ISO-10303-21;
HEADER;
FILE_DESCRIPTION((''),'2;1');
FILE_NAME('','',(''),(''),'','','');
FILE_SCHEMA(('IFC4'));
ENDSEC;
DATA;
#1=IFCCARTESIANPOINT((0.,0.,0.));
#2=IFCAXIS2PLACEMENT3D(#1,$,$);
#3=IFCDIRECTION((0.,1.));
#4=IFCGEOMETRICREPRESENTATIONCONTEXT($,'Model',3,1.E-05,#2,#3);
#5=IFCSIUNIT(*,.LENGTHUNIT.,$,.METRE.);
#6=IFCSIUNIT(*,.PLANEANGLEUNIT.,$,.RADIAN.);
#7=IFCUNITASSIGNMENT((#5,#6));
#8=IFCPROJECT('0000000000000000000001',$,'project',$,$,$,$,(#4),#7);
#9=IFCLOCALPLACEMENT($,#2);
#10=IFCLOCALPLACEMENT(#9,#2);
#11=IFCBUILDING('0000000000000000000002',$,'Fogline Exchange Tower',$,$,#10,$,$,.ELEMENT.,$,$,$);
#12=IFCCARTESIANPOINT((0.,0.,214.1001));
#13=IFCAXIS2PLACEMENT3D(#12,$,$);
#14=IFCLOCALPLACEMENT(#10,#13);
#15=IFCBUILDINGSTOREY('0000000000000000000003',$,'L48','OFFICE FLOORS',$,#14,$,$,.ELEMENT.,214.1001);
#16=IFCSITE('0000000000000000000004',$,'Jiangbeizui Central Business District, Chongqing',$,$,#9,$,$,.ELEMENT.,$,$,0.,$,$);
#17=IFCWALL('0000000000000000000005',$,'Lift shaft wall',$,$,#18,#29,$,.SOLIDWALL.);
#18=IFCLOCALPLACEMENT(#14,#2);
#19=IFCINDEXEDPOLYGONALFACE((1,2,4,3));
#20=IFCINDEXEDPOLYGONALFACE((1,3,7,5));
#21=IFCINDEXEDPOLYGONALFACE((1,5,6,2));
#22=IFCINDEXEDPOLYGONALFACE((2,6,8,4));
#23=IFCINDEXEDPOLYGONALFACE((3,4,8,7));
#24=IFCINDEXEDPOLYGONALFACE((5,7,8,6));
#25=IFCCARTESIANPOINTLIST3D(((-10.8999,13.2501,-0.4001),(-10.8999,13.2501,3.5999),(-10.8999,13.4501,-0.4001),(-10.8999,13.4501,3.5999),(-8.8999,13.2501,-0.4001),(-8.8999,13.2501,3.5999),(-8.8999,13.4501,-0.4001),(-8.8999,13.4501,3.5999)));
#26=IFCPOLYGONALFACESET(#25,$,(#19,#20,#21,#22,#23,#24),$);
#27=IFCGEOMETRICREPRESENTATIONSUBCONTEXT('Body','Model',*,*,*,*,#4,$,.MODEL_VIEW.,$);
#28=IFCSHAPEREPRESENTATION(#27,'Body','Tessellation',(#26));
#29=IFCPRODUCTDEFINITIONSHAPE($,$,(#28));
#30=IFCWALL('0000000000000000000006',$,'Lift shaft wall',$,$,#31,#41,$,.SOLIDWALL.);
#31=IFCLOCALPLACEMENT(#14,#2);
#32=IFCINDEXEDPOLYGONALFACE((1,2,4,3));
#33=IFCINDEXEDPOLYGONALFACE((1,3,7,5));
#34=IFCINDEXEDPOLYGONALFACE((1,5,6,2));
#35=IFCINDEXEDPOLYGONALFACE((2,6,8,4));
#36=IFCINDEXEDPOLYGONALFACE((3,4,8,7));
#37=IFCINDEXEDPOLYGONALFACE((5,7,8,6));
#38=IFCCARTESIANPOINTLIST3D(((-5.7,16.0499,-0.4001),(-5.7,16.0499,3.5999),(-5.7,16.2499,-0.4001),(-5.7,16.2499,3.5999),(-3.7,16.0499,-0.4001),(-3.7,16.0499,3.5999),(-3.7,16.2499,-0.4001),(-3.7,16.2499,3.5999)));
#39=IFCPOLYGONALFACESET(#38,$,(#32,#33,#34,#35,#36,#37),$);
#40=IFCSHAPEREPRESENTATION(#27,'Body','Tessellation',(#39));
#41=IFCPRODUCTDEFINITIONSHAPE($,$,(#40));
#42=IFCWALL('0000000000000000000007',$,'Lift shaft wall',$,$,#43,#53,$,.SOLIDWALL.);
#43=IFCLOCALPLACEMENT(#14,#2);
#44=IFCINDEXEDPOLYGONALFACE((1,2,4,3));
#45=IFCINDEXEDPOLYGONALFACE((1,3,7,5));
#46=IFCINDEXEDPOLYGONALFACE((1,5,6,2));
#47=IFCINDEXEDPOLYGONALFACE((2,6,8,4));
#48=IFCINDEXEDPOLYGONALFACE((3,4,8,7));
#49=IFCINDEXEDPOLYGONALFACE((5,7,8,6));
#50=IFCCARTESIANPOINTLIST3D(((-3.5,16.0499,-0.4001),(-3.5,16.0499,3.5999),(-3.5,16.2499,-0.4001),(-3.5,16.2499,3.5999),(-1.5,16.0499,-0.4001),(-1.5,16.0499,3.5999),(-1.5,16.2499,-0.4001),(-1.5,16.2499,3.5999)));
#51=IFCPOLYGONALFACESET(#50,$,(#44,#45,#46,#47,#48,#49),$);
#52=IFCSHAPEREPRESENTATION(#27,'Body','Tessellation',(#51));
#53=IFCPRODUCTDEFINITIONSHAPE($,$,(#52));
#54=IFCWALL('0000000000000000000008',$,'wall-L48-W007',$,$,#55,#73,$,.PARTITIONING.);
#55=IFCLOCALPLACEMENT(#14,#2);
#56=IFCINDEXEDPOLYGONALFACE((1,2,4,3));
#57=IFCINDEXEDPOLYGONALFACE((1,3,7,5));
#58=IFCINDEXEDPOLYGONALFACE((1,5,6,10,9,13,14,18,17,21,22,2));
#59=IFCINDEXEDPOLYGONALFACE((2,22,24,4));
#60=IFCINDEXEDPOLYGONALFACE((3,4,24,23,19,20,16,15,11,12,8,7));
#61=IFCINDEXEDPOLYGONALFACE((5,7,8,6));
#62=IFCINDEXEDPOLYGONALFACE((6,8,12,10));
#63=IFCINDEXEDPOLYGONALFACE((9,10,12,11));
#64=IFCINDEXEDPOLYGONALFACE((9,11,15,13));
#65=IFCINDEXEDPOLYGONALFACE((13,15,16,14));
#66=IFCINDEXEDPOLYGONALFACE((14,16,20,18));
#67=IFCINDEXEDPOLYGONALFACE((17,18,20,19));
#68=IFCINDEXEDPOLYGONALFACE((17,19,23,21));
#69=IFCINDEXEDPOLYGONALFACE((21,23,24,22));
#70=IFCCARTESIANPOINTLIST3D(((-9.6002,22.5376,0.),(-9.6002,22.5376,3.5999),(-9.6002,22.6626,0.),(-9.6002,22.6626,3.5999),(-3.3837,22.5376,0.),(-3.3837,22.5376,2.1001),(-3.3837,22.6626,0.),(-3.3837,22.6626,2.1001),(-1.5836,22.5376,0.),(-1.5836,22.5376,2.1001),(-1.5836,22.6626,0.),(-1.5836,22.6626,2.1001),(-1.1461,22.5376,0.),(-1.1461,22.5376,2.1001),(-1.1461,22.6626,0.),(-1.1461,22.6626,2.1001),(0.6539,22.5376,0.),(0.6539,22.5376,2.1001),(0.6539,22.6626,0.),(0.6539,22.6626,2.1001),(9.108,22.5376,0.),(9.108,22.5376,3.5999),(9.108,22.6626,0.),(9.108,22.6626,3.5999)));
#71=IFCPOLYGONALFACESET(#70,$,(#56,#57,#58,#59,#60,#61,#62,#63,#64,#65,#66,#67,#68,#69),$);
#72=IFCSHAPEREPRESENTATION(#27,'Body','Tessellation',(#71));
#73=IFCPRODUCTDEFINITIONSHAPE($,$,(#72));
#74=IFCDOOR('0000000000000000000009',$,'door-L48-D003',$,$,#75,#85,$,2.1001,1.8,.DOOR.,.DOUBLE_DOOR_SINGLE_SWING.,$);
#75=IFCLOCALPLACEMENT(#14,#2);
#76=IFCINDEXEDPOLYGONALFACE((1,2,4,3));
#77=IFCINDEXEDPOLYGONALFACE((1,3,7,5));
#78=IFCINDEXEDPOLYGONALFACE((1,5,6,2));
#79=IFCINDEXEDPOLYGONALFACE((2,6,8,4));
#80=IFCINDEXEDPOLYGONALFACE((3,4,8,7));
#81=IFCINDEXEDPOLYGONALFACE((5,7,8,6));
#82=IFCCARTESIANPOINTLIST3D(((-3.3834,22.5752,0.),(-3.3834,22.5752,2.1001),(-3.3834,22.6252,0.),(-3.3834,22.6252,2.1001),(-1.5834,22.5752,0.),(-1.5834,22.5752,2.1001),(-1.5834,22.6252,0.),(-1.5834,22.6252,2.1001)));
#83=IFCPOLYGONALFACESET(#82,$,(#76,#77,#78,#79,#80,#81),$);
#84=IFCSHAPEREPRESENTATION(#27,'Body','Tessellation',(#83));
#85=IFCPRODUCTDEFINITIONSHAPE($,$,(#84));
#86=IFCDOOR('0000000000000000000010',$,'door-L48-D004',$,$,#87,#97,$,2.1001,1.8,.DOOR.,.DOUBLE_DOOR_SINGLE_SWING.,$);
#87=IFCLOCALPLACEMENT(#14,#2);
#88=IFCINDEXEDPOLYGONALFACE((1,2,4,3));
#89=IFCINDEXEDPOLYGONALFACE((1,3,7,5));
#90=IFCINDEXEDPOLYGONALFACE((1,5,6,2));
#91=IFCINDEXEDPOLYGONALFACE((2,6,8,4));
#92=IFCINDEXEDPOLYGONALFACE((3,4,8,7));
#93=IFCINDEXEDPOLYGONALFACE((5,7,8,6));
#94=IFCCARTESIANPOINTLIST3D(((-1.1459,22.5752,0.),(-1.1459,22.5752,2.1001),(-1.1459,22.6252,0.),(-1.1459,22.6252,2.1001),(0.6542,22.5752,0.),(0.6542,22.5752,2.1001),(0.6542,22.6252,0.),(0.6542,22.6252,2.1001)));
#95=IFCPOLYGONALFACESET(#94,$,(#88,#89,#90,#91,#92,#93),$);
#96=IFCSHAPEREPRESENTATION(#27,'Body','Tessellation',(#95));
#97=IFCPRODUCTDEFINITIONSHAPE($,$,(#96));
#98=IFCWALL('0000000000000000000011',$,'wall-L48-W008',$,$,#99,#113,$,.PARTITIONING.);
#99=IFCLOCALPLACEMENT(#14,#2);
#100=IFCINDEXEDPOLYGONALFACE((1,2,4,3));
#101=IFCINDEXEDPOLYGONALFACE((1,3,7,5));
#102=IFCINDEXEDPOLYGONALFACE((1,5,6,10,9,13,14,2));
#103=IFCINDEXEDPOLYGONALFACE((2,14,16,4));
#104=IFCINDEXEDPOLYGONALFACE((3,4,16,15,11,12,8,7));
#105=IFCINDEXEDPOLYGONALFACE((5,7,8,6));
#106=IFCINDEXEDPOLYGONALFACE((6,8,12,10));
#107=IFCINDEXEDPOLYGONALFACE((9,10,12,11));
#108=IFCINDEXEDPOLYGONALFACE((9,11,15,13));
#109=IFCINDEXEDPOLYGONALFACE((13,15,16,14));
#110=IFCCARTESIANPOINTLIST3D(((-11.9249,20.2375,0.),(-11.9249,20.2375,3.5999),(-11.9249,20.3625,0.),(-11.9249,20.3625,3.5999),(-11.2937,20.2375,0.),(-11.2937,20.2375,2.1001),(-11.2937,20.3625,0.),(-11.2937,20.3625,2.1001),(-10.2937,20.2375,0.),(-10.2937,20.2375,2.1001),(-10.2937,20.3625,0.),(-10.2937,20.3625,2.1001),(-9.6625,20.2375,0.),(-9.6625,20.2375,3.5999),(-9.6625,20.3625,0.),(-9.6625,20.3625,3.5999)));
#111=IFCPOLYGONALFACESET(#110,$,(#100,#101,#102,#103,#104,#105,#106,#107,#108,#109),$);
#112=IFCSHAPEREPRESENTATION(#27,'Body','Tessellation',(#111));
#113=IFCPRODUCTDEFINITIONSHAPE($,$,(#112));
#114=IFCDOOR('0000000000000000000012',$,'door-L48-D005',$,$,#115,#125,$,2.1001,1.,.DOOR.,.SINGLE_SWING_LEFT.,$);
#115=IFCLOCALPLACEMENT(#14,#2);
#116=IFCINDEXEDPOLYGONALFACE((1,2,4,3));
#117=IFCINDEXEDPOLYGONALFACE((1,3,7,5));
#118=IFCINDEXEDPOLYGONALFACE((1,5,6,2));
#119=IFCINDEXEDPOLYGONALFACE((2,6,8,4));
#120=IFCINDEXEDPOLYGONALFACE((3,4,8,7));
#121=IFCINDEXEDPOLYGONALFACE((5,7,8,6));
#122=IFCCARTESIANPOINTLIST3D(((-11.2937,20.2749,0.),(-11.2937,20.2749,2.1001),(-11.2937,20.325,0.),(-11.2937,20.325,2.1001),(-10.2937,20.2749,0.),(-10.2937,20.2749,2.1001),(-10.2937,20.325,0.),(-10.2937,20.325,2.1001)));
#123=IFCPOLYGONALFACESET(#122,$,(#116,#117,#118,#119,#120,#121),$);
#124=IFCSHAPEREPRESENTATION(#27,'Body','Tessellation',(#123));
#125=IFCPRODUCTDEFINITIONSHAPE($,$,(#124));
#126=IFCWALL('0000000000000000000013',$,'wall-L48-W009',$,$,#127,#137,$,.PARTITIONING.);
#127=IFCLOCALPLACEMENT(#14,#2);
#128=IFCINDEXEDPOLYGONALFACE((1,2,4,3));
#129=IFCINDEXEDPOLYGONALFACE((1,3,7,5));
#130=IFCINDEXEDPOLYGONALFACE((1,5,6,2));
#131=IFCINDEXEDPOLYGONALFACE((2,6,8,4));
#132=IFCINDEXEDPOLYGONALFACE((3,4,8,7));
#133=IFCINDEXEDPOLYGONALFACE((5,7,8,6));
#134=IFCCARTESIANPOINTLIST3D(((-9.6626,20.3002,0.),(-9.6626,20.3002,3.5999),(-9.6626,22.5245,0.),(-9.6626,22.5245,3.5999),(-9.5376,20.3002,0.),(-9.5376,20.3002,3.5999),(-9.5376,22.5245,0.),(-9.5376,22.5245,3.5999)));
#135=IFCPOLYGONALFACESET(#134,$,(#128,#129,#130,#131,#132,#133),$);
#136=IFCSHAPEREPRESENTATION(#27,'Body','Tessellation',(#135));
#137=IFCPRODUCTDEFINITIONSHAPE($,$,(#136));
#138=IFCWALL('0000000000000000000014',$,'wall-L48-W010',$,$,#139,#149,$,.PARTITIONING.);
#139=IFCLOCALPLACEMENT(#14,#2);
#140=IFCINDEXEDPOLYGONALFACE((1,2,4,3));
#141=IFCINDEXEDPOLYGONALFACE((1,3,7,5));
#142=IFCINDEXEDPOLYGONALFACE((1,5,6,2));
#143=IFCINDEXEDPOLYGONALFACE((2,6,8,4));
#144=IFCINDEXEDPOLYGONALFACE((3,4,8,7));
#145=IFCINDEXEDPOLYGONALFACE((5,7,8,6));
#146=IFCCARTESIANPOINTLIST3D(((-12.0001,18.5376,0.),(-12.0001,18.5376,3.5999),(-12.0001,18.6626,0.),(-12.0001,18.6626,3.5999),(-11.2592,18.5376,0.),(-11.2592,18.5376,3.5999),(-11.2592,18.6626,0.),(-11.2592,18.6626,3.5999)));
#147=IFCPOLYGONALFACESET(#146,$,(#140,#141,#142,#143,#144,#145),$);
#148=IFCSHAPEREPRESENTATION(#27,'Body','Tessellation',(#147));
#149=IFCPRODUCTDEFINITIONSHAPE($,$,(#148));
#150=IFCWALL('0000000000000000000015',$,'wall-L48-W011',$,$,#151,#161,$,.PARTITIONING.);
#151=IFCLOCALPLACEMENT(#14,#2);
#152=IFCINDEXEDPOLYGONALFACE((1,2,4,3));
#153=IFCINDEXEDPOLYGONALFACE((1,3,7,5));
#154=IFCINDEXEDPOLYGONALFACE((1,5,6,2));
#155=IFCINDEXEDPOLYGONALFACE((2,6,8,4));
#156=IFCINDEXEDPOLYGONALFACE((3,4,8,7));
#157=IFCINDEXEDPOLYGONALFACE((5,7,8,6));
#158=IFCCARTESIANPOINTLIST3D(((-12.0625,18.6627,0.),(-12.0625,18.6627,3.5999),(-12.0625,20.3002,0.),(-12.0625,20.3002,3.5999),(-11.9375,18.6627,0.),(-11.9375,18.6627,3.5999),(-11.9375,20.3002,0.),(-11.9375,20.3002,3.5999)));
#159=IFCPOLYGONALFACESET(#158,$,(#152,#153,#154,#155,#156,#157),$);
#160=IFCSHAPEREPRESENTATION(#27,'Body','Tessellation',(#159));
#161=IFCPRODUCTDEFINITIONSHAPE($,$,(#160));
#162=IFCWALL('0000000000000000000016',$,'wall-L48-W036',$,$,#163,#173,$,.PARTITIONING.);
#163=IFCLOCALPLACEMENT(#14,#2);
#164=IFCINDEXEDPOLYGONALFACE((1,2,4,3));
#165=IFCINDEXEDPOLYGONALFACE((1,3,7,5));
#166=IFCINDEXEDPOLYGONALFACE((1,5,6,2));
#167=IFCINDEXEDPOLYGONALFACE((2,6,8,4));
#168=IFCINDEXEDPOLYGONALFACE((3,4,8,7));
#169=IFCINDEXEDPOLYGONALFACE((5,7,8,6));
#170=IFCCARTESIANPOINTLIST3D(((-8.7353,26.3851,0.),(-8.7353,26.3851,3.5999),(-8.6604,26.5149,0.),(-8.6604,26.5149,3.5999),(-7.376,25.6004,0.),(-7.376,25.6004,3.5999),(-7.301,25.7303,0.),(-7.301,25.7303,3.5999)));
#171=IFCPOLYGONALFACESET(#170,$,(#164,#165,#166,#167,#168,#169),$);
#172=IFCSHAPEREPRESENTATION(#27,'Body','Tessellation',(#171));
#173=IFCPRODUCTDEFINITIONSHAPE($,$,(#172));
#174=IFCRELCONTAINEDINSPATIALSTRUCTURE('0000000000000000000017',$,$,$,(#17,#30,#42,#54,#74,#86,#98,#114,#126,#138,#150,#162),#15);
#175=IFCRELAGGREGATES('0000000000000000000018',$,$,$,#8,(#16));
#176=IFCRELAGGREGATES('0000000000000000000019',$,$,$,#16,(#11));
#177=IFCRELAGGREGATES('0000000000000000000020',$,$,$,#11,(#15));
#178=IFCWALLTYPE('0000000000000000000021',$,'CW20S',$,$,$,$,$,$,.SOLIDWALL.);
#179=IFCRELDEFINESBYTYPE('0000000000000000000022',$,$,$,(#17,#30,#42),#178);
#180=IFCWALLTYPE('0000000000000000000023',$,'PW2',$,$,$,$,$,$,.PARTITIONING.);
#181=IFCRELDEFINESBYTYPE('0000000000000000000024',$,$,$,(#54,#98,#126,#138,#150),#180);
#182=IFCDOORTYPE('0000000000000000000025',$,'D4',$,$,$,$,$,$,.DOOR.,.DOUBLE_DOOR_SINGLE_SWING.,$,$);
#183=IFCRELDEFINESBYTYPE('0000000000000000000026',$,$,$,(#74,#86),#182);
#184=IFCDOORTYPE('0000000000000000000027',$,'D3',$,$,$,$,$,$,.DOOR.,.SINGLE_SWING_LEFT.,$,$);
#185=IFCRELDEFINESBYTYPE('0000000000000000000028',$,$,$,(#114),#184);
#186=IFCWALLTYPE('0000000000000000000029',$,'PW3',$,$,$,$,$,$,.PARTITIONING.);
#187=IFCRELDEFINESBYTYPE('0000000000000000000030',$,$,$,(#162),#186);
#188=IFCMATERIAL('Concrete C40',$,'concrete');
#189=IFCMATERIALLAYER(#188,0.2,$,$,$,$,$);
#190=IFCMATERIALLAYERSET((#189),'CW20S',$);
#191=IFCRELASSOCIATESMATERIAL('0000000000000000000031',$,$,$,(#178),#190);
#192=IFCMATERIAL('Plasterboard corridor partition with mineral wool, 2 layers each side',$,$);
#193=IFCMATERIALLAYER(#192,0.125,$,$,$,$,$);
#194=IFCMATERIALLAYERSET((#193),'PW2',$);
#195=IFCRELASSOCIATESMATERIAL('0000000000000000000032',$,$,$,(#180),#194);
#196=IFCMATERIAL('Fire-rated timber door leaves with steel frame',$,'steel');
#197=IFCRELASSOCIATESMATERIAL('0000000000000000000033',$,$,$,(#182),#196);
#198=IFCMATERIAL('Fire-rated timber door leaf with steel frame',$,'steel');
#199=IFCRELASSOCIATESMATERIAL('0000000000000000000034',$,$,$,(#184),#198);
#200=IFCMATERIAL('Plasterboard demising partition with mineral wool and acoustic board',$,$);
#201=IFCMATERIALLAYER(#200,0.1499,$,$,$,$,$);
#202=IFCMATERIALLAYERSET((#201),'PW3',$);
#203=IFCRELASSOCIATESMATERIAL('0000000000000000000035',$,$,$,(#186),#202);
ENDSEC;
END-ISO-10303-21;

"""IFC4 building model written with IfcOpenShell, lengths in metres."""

from ifc_helpers import new_model, si_unit, direction, frame, frame_2d, origin, place, context, subcontext, project, spatial, rectangle, extrude, material, layer, layer_set, type_object, element, fill, save


model = new_model("IFC4")

# Units and contexts
model_context = context("Model", 3, precision=1e-05, world=origin(), true_north=direction((0.0, 1.0)))
body_context = subcontext(model_context, "Body", "Model", "MODEL_VIEW")
ifc_project = project(units=[si_unit("LENGTHUNIT", "METRE"), si_unit("PLANEANGLEUNIT", "RADIAN")], contexts=[model_context])

# Site, building, storey
site_placement = place(None, origin())
site = spatial("IfcSite", under=ifc_project, at=site_placement, Name="Jiangbeizui Central Business District, Chongqing", CompositionType="ELEMENT", RefElevation=0.0)
building_placement = place(site_placement, origin())
building = spatial("IfcBuilding", under=site, at=building_placement, Name="Fogline Exchange Tower", CompositionType="ELEMENT")
storey_placement = place(building_placement, frame((0.0, 0.0, 214.1001)))
storey = spatial("IfcBuildingStorey", under=building, at=storey_placement, Name="L48", Description="OFFICE FLOORS", CompositionType="ELEMENT", Elevation=214.1001)

# Shared definitions
ifc_material_1 = material(Name="Concrete C40", Category="concrete")

# Walls
ifc_layer_1 = layer(ifc_material_1, 0.2)
ifc_layer_set_1 = layer_set([ifc_layer_1], Name="CW20S")
wall_type_1 = type_object("IfcWallType", Name="CW20S", PredefinedType="SOLIDWALL", material=ifc_layer_set_1)
for number, where, z_axis, x_axis, name in (
    (1, (-10.8999, 13.3501, -0.4001), (0.0, 0.0, 1.0), (1.0, 0.0, 0.0), "Lift shaft wall"),
    (2, (-5.7, 16.1499, -0.4001), (0.0, 0.0, 1.0), (1.0, 0.0, 0.0), "Lift shaft wall"),
    (3, (-3.5, 16.1499, -0.4001), (0.0, 0.0, 1.0), (1.0, 0.0, 0.0), "Lift shaft wall"),
):
    element("IfcWall", number, at=place(storey_placement, frame(where, z_axis=z_axis, x_axis=x_axis)), inside=storey, type_object=wall_type_1, Name=name, PredefinedType="SOLIDWALL", context=body_context, shape_type="SweptSolid", body=[
        extrude(rectangle(XDim=2.0, YDim=0.2, at=frame_2d((1.0, 0.0))), origin(), (0.0, 0.0, 1.0), 4.0),
    ])

# Wall, openings, doors
ifc_material_2 = material(Name="Plasterboard corridor partition with mineral wool, 2 layers each side")
ifc_layer_2 = layer(ifc_material_2, 0.125)
ifc_layer_set_2 = layer_set([ifc_layer_2], Name="PW2")
wall_type_2 = type_object("IfcWallType", Name="PW2", PredefinedType="PARTITIONING", material=ifc_layer_set_2)
wall_1_placement = place(storey_placement, frame((-9.6001, 22.6001, 0.0), z_axis=(0.0, 0.0, 1.0), x_axis=(1.0, 0.0, 0.0)))
wall_1 = element("IfcWall", 4, at=wall_1_placement, inside=storey, type_object=wall_type_2, Name="wall-L48-W007", PredefinedType="PARTITIONING", context=body_context, shape_type="SweptSolid", body=[
    extrude(rectangle(XDim=18.7083, YDim=0.125, at=frame_2d((9.354, 0.0))), origin(), (0.0, 0.0, 1.0), 3.5999),
])
opening_1_placement = place(wall_1_placement, frame((6.2166, 0.0, 0.0)))
opening_1 = element("IfcOpeningElement", 5, at=opening_1_placement, cuts=wall_1, PredefinedType="OPENING", context=body_context, shape_type="SweptSolid", body=[
    extrude(rectangle(XDim=1.8, YDim=2.1001, at=frame_2d((0.8999, 1.05))), frame((0.0, 0.0725, 0.0), z_axis=(0.0, -1.0, 0.0), x_axis=(1.0, 0.0, 0.0)), (0.0, 0.0, 1.0), 0.145),
])
opening_2_placement = place(wall_1_placement, frame((8.4541, 0.0, 0.0)))
opening_2 = element("IfcOpeningElement", 6, at=opening_2_placement, cuts=wall_1, PredefinedType="OPENING", context=body_context, shape_type="SweptSolid", body=[
    extrude(rectangle(XDim=1.8, YDim=2.1001, at=frame_2d((0.8999, 1.05))), frame((0.0, 0.0725, 0.0), z_axis=(0.0, -1.0, 0.0), x_axis=(1.0, 0.0, 0.0)), (0.0, 0.0, 1.0), 0.145),
])
ifc_material_3 = material(Name="Fire-rated timber door leaves with steel frame", Category="steel")
door_type_1 = type_object("IfcDoorType", Name="D4", OperationType="DOUBLE_DOOR_SINGLE_SWING", PredefinedType="DOOR", material=ifc_material_3)
door_1_placement = place(opening_1_placement, frame((1.8, 0.0, 0.0), z_axis=(0.0, 0.0, 1.0), x_axis=(-1.0, 0.0, 0.0)))
door_1 = element("IfcDoor", 7, at=door_1_placement, inside=storey, type_object=door_type_1, Name="door-L48-D003", OperationType="DOUBLE_DOOR_SINGLE_SWING", OverallHeight=2.1001, OverallWidth=1.8, PredefinedType="DOOR", context=body_context, shape_type="SweptSolid", body=[
    extrude(rectangle(XDim=1.8, YDim=2.1001, at=frame_2d((0.8999, 1.05))), frame((0.0, 0.0249, 0.0), z_axis=(0.0, -1.0, 0.0), x_axis=(1.0, 0.0, 0.0)), (0.0, 0.0, 1.0), 0.05),
])
fill(opening_1, door_1)
door_2_placement = place(opening_2_placement, frame((1.8, 0.0, 0.0), z_axis=(0.0, 0.0, 1.0), x_axis=(-1.0, 0.0, 0.0)))
door_2 = element("IfcDoor", 8, at=door_2_placement, inside=storey, type_object=door_type_1, Name="door-L48-D004", OperationType="DOUBLE_DOOR_SINGLE_SWING", OverallHeight=2.1001, OverallWidth=1.8, PredefinedType="DOOR", context=body_context, shape_type="SweptSolid", body=[
    extrude(rectangle(XDim=1.8, YDim=2.1001, at=frame_2d((0.8999, 1.05))), frame((0.0, 0.0249, 0.0), z_axis=(0.0, -1.0, 0.0), x_axis=(1.0, 0.0, 0.0)), (0.0, 0.0, 1.0), 0.05),
])
fill(opening_2, door_2)

# Wall, opening, door
wall_2_placement = place(storey_placement, frame((-11.925, 20.3, 0.0), z_axis=(0.0, 0.0, 1.0), x_axis=(1.0, 0.0, 0.0)))
wall_2 = element("IfcWall", 9, at=wall_2_placement, inside=storey, type_object=wall_type_2, Name="wall-L48-W008", PredefinedType="PARTITIONING", context=body_context, shape_type="SweptSolid", body=[
    extrude(rectangle(XDim=2.2625, YDim=0.125, at=frame_2d((1.1313, 0.0))), origin(), (0.0, 0.0, 1.0), 3.5999),
])
opening_3_placement = place(wall_2_placement, frame((0.6313, 0.0, 0.0)))
opening_3 = element("IfcOpeningElement", 10, at=opening_3_placement, cuts=wall_2, PredefinedType="OPENING", context=body_context, shape_type="SweptSolid", body=[
    extrude(rectangle(XDim=1.0, YDim=2.1001, at=frame_2d((0.5, 1.05))), frame((0.0, 0.0725, 0.0), z_axis=(0.0, -1.0, 0.0), x_axis=(1.0, 0.0, 0.0)), (0.0, 0.0, 1.0), 0.145),
])
ifc_material_4 = material(Name="Fire-rated timber door leaf with steel frame", Category="steel")
door_type_2 = type_object("IfcDoorType", Name="D3", OperationType="SINGLE_SWING_LEFT", PredefinedType="DOOR", material=ifc_material_4)
door_3_placement = place(opening_3_placement, origin())
door_3 = element("IfcDoor", 11, at=door_3_placement, inside=storey, type_object=door_type_2, Name="door-L48-D005", OperationType="SINGLE_SWING_LEFT", OverallHeight=2.1001, OverallWidth=1.0, PredefinedType="DOOR", context=body_context, shape_type="SweptSolid", body=[
    extrude(rectangle(XDim=1.0, YDim=2.1001, at=frame_2d((0.5, 1.05))), frame((0.0, 0.0249, 0.0), z_axis=(0.0, -1.0, 0.0), x_axis=(1.0, 0.0, 0.0)), (0.0, 0.0, 1.0), 0.05),
])
fill(opening_3, door_3)

# Walls
wall_3_placement = place(storey_placement, frame((-9.6001, 20.3, 0.0), z_axis=(0.0, 0.0, 1.0), x_axis=(0.0, 1.0, 0.0)))
element("IfcWall", 12, at=wall_3_placement, inside=storey, type_object=wall_type_2, Name="wall-L48-W009", PredefinedType="PARTITIONING", context=body_context, shape_type="SweptSolid", body=[
    extrude(rectangle(XDim=2.2244, YDim=0.125, at=frame_2d((1.1123, 0.0))), origin(), (0.0, 0.0, 1.0), 3.5999),
])
wall_4_placement = place(storey_placement, frame((-11.259, 18.6001, 0.0), z_axis=(0.0, 0.0, 1.0), x_axis=(-1.0, 0.0, 0.0)))
element("IfcWall", 13, at=wall_4_placement, inside=storey, type_object=wall_type_2, Name="wall-L48-W010", PredefinedType="PARTITIONING", context=body_context, shape_type="SweptSolid", body=[
    extrude(rectangle(XDim=0.741, YDim=0.125, at=frame_2d((0.3706, 0.0))), origin(), (0.0, 0.0, 1.0), 3.5999),
])
wall_5_placement = place(storey_placement, frame((-12.0, 18.6626, 0.0), z_axis=(0.0, 0.0, 1.0), x_axis=(0.0, 1.0, 0.0)))
element("IfcWall", 14, at=wall_5_placement, inside=storey, type_object=wall_type_2, Name="wall-L48-W011", PredefinedType="PARTITIONING", context=body_context, shape_type="SweptSolid", body=[
    extrude(rectangle(XDim=1.6375, YDim=0.125, at=frame_2d((0.8188, 0.0))), origin(), (0.0, 0.0, 1.0), 3.5999),
])
ifc_material_5 = material(Name="Plasterboard demising partition with mineral wool and acoustic board")
ifc_layer_3 = layer(ifc_material_5, 0.1499)
ifc_layer_set_3 = layer_set([ifc_layer_3], Name="PW3")
wall_type_3 = type_object("IfcWallType", Name="PW3", PredefinedType="PARTITIONING", material=ifc_layer_set_3)
wall_6_placement = place(storey_placement, frame((-8.6978, 26.45, 0.0), z_axis=(0.0, 0.0, 1.0), x_axis=(0.866072, -0.49992, 0.0)))
element("IfcWall", 15, at=wall_6_placement, inside=storey, type_object=wall_type_3, Name="wall-L48-W036", PredefinedType="PARTITIONING", context=body_context, shape_type="SweptSolid", body=[
    extrude(rectangle(XDim=1.5696, YDim=0.1499, at=frame_2d((0.7847, 0.0))), origin(), (0.0, 0.0, 1.0), 3.5999),
])

save(model, "model.ifc")
